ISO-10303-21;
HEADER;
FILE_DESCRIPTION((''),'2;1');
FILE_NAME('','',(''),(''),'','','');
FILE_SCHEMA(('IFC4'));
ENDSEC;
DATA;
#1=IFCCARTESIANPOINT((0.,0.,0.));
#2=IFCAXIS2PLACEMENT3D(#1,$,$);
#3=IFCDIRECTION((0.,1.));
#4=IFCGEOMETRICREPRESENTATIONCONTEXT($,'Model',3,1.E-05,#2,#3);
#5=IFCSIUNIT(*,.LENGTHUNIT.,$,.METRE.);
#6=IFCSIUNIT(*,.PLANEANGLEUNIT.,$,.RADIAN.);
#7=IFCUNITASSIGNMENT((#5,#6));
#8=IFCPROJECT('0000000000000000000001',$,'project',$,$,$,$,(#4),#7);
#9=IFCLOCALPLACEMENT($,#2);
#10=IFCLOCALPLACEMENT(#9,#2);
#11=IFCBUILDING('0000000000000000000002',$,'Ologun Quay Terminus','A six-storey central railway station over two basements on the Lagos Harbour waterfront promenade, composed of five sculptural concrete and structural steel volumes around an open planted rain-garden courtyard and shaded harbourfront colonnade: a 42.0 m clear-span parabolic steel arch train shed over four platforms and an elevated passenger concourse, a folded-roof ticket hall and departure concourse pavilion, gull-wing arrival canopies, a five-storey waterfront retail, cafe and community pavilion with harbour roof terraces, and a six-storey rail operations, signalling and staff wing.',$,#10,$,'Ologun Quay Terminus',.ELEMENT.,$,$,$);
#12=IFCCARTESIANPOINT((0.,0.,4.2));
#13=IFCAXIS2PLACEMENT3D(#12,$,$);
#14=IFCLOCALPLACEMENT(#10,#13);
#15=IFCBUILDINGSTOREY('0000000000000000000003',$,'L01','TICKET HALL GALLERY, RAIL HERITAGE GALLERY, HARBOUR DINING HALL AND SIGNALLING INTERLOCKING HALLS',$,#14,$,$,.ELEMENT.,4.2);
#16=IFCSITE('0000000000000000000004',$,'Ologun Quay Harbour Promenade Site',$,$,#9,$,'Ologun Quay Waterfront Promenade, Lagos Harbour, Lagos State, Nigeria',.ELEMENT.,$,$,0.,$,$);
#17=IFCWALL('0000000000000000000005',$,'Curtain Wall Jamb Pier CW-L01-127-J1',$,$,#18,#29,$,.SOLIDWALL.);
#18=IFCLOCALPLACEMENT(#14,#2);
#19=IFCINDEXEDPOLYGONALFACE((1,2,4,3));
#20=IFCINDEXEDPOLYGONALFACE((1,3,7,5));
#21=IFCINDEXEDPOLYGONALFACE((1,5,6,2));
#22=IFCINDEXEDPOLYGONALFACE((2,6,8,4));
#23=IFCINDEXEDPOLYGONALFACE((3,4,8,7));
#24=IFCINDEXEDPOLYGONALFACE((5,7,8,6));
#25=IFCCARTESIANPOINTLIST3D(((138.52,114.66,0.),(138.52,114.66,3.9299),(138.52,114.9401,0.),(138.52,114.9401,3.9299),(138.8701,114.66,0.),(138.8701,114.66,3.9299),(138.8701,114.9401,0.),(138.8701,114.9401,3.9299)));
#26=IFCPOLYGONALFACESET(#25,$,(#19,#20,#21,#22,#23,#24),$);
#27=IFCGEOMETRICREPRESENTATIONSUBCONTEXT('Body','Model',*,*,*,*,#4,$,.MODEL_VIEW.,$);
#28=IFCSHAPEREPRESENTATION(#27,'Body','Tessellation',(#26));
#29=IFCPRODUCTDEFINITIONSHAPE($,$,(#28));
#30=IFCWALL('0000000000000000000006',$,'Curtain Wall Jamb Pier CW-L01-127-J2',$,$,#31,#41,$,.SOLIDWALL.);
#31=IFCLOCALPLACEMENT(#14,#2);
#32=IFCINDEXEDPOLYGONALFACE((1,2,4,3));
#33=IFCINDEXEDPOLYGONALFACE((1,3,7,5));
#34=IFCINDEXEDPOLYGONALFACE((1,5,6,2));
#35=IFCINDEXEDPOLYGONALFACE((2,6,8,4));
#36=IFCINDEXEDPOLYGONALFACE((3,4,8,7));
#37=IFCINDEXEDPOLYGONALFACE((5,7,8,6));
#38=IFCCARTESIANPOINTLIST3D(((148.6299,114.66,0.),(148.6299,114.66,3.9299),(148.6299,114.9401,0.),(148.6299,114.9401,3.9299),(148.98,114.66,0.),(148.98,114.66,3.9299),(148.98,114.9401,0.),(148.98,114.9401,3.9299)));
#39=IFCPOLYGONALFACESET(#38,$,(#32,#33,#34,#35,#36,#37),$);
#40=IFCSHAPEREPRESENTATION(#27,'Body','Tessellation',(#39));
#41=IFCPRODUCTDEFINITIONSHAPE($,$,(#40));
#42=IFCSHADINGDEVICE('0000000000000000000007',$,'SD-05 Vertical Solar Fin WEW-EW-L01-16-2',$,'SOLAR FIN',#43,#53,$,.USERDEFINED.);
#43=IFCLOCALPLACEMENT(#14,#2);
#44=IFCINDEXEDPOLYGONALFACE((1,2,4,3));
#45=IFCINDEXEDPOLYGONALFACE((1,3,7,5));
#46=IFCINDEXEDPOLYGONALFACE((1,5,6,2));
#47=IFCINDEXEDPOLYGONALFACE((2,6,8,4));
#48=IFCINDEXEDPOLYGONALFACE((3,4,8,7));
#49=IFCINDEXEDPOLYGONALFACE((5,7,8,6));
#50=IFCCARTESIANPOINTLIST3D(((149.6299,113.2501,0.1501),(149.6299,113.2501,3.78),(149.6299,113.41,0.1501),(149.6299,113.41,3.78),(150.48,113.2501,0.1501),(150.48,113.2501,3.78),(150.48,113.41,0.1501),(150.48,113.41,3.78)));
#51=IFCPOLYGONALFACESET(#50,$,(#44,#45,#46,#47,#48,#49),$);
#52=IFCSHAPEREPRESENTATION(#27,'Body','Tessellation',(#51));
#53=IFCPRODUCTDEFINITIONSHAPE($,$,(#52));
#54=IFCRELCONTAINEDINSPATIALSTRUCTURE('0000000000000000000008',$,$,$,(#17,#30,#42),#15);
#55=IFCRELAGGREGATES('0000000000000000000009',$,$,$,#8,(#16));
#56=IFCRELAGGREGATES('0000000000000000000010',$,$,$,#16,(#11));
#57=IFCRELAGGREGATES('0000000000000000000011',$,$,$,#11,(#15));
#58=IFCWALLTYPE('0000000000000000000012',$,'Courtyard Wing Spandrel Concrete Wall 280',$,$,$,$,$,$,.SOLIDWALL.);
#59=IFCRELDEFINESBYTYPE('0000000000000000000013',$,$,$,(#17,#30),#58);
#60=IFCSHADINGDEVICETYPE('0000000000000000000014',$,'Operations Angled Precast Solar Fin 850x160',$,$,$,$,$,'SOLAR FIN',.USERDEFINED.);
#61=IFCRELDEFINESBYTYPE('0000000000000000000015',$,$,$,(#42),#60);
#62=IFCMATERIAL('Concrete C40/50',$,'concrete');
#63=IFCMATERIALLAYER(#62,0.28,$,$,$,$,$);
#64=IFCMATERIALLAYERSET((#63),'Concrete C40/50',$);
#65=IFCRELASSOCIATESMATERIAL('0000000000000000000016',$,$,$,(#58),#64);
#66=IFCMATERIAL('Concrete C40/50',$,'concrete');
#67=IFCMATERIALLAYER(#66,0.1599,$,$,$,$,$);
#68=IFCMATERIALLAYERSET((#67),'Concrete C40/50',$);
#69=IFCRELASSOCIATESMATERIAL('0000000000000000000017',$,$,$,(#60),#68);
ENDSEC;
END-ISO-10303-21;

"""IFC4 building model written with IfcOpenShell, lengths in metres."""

from ifc_helpers import new_model, si_unit, direction, frame, frame_2d, origin, origin_2d, place, context, subcontext, project, spatial, rectangle, extrude, material, layer, layer_set, type_object, element, save


model = new_model("IFC4")

# Units and contexts
model_context = context("Model", 3, precision=1e-05, world=origin(), true_north=direction((0.0, 1.0)))
body_context = subcontext(model_context, "Body", "Model", "MODEL_VIEW")
ifc_project = project(units=[si_unit("LENGTHUNIT", "METRE"), si_unit("PLANEANGLEUNIT", "RADIAN")], contexts=[model_context])

# Site, building, storey
site_placement = place(None, origin())
site = spatial("IfcSite", under=ifc_project, at=site_placement, Name="Ologun Quay Harbour Promenade Site", LongName="Ologun Quay Waterfront Promenade, Lagos Harbour, Lagos State, Nigeria", CompositionType="ELEMENT", RefElevation=0.0)
building_placement = place(site_placement, origin())
building = spatial("IfcBuilding", under=site, at=building_placement, Name="Ologun Quay Terminus", Description="A six-storey central railway station over two basements on the Lagos Harbour waterfront promenade, composed of five sculptural concrete and structural steel volumes around an open planted rain-garden courtyard and shaded harbourfront colonnade: a 42.0 m clear-span parabolic steel arch train shed over four platforms and an elevated passenger concourse, a folded-roof ticket hall and departure concourse pavilion, gull-wing arrival canopies, a five-storey waterfront retail, cafe and community pavilion with harbour roof terraces, and a six-storey rail operations, signalling and staff wing.", LongName="Ologun Quay Terminus", CompositionType="ELEMENT")
storey_placement = place(building_placement, frame((0.0, 0.0, 4.2)))
storey = spatial("IfcBuildingStorey", under=building, at=storey_placement, Name="L01", Description="TICKET HALL GALLERY, RAIL HERITAGE GALLERY, HARBOUR DINING HALL AND SIGNALLING INTERLOCKING HALLS", CompositionType="ELEMENT", Elevation=4.2)

# Walls
ifc_material_1 = material(Name="Concrete C40/50", Category="concrete")
ifc_layer_1 = layer(ifc_material_1, 0.28)
ifc_layer_set_1 = layer_set([ifc_layer_1], Name="Concrete C40/50")
wall_type = type_object("IfcWallType", Name="Courtyard Wing Spandrel Concrete Wall 280", PredefinedType="SOLIDWALL", material=ifc_layer_set_1)
for number, where, z_axis, x_axis, name in (
    (1, (138.52, 114.8, 0.0), (0.0, 0.0, 1.0), (1.0, 0.0, 0.0), "Curtain Wall Jamb Pier CW-L01-127-J1"),
    (2, (148.6299, 114.8, 0.0), (0.0, 0.0, 1.0), (1.0, 0.0, 0.0), "Curtain Wall Jamb Pier CW-L01-127-J2"),
):
    element("IfcWall", number, at=place(storey_placement, frame(where, z_axis=z_axis, x_axis=x_axis)), inside=storey, type_object=wall_type, Name=name, PredefinedType="SOLIDWALL", context=body_context, shape_type="SweptSolid", body=[
        extrude(rectangle(XDim=0.3501, YDim=0.28, at=frame_2d((0.175, 0.0))), origin(), (0.0, 0.0, 1.0), 3.9299),
    ])

# Shading device
ifc_material_2 = material(Name="Concrete C40/50", Category="concrete")
ifc_layer_2 = layer(ifc_material_2, 0.1599)
ifc_layer_set_2 = layer_set([ifc_layer_2], Name="Concrete C40/50")
shading_device_type = type_object("IfcShadingDeviceType", Name="Operations Angled Precast Solar Fin 850x160", ElementType="SOLAR FIN", PredefinedType="USERDEFINED", material=ifc_layer_set_2)
shading_device_placement = place(storey_placement, frame((150.0549, 113.3301, 0.1501), z_axis=(0.0, 0.0, 1.0), x_axis=(1.0, 0.0, 0.0)))
element("IfcShadingDevice", 3, at=shading_device_placement, inside=storey, type_object=shading_device_type, Name="SD-05 Vertical Solar Fin WEW-EW-L01-16-2", ObjectType="SOLAR FIN", PredefinedType="USERDEFINED", context=body_context, shape_type="SweptSolid", body=[
    extrude(rectangle(XDim=0.8501, YDim=0.1599, at=origin_2d()), origin(), (0.0, 0.0, 1.0), 3.6299),
])

save(model, "model.ifc")
